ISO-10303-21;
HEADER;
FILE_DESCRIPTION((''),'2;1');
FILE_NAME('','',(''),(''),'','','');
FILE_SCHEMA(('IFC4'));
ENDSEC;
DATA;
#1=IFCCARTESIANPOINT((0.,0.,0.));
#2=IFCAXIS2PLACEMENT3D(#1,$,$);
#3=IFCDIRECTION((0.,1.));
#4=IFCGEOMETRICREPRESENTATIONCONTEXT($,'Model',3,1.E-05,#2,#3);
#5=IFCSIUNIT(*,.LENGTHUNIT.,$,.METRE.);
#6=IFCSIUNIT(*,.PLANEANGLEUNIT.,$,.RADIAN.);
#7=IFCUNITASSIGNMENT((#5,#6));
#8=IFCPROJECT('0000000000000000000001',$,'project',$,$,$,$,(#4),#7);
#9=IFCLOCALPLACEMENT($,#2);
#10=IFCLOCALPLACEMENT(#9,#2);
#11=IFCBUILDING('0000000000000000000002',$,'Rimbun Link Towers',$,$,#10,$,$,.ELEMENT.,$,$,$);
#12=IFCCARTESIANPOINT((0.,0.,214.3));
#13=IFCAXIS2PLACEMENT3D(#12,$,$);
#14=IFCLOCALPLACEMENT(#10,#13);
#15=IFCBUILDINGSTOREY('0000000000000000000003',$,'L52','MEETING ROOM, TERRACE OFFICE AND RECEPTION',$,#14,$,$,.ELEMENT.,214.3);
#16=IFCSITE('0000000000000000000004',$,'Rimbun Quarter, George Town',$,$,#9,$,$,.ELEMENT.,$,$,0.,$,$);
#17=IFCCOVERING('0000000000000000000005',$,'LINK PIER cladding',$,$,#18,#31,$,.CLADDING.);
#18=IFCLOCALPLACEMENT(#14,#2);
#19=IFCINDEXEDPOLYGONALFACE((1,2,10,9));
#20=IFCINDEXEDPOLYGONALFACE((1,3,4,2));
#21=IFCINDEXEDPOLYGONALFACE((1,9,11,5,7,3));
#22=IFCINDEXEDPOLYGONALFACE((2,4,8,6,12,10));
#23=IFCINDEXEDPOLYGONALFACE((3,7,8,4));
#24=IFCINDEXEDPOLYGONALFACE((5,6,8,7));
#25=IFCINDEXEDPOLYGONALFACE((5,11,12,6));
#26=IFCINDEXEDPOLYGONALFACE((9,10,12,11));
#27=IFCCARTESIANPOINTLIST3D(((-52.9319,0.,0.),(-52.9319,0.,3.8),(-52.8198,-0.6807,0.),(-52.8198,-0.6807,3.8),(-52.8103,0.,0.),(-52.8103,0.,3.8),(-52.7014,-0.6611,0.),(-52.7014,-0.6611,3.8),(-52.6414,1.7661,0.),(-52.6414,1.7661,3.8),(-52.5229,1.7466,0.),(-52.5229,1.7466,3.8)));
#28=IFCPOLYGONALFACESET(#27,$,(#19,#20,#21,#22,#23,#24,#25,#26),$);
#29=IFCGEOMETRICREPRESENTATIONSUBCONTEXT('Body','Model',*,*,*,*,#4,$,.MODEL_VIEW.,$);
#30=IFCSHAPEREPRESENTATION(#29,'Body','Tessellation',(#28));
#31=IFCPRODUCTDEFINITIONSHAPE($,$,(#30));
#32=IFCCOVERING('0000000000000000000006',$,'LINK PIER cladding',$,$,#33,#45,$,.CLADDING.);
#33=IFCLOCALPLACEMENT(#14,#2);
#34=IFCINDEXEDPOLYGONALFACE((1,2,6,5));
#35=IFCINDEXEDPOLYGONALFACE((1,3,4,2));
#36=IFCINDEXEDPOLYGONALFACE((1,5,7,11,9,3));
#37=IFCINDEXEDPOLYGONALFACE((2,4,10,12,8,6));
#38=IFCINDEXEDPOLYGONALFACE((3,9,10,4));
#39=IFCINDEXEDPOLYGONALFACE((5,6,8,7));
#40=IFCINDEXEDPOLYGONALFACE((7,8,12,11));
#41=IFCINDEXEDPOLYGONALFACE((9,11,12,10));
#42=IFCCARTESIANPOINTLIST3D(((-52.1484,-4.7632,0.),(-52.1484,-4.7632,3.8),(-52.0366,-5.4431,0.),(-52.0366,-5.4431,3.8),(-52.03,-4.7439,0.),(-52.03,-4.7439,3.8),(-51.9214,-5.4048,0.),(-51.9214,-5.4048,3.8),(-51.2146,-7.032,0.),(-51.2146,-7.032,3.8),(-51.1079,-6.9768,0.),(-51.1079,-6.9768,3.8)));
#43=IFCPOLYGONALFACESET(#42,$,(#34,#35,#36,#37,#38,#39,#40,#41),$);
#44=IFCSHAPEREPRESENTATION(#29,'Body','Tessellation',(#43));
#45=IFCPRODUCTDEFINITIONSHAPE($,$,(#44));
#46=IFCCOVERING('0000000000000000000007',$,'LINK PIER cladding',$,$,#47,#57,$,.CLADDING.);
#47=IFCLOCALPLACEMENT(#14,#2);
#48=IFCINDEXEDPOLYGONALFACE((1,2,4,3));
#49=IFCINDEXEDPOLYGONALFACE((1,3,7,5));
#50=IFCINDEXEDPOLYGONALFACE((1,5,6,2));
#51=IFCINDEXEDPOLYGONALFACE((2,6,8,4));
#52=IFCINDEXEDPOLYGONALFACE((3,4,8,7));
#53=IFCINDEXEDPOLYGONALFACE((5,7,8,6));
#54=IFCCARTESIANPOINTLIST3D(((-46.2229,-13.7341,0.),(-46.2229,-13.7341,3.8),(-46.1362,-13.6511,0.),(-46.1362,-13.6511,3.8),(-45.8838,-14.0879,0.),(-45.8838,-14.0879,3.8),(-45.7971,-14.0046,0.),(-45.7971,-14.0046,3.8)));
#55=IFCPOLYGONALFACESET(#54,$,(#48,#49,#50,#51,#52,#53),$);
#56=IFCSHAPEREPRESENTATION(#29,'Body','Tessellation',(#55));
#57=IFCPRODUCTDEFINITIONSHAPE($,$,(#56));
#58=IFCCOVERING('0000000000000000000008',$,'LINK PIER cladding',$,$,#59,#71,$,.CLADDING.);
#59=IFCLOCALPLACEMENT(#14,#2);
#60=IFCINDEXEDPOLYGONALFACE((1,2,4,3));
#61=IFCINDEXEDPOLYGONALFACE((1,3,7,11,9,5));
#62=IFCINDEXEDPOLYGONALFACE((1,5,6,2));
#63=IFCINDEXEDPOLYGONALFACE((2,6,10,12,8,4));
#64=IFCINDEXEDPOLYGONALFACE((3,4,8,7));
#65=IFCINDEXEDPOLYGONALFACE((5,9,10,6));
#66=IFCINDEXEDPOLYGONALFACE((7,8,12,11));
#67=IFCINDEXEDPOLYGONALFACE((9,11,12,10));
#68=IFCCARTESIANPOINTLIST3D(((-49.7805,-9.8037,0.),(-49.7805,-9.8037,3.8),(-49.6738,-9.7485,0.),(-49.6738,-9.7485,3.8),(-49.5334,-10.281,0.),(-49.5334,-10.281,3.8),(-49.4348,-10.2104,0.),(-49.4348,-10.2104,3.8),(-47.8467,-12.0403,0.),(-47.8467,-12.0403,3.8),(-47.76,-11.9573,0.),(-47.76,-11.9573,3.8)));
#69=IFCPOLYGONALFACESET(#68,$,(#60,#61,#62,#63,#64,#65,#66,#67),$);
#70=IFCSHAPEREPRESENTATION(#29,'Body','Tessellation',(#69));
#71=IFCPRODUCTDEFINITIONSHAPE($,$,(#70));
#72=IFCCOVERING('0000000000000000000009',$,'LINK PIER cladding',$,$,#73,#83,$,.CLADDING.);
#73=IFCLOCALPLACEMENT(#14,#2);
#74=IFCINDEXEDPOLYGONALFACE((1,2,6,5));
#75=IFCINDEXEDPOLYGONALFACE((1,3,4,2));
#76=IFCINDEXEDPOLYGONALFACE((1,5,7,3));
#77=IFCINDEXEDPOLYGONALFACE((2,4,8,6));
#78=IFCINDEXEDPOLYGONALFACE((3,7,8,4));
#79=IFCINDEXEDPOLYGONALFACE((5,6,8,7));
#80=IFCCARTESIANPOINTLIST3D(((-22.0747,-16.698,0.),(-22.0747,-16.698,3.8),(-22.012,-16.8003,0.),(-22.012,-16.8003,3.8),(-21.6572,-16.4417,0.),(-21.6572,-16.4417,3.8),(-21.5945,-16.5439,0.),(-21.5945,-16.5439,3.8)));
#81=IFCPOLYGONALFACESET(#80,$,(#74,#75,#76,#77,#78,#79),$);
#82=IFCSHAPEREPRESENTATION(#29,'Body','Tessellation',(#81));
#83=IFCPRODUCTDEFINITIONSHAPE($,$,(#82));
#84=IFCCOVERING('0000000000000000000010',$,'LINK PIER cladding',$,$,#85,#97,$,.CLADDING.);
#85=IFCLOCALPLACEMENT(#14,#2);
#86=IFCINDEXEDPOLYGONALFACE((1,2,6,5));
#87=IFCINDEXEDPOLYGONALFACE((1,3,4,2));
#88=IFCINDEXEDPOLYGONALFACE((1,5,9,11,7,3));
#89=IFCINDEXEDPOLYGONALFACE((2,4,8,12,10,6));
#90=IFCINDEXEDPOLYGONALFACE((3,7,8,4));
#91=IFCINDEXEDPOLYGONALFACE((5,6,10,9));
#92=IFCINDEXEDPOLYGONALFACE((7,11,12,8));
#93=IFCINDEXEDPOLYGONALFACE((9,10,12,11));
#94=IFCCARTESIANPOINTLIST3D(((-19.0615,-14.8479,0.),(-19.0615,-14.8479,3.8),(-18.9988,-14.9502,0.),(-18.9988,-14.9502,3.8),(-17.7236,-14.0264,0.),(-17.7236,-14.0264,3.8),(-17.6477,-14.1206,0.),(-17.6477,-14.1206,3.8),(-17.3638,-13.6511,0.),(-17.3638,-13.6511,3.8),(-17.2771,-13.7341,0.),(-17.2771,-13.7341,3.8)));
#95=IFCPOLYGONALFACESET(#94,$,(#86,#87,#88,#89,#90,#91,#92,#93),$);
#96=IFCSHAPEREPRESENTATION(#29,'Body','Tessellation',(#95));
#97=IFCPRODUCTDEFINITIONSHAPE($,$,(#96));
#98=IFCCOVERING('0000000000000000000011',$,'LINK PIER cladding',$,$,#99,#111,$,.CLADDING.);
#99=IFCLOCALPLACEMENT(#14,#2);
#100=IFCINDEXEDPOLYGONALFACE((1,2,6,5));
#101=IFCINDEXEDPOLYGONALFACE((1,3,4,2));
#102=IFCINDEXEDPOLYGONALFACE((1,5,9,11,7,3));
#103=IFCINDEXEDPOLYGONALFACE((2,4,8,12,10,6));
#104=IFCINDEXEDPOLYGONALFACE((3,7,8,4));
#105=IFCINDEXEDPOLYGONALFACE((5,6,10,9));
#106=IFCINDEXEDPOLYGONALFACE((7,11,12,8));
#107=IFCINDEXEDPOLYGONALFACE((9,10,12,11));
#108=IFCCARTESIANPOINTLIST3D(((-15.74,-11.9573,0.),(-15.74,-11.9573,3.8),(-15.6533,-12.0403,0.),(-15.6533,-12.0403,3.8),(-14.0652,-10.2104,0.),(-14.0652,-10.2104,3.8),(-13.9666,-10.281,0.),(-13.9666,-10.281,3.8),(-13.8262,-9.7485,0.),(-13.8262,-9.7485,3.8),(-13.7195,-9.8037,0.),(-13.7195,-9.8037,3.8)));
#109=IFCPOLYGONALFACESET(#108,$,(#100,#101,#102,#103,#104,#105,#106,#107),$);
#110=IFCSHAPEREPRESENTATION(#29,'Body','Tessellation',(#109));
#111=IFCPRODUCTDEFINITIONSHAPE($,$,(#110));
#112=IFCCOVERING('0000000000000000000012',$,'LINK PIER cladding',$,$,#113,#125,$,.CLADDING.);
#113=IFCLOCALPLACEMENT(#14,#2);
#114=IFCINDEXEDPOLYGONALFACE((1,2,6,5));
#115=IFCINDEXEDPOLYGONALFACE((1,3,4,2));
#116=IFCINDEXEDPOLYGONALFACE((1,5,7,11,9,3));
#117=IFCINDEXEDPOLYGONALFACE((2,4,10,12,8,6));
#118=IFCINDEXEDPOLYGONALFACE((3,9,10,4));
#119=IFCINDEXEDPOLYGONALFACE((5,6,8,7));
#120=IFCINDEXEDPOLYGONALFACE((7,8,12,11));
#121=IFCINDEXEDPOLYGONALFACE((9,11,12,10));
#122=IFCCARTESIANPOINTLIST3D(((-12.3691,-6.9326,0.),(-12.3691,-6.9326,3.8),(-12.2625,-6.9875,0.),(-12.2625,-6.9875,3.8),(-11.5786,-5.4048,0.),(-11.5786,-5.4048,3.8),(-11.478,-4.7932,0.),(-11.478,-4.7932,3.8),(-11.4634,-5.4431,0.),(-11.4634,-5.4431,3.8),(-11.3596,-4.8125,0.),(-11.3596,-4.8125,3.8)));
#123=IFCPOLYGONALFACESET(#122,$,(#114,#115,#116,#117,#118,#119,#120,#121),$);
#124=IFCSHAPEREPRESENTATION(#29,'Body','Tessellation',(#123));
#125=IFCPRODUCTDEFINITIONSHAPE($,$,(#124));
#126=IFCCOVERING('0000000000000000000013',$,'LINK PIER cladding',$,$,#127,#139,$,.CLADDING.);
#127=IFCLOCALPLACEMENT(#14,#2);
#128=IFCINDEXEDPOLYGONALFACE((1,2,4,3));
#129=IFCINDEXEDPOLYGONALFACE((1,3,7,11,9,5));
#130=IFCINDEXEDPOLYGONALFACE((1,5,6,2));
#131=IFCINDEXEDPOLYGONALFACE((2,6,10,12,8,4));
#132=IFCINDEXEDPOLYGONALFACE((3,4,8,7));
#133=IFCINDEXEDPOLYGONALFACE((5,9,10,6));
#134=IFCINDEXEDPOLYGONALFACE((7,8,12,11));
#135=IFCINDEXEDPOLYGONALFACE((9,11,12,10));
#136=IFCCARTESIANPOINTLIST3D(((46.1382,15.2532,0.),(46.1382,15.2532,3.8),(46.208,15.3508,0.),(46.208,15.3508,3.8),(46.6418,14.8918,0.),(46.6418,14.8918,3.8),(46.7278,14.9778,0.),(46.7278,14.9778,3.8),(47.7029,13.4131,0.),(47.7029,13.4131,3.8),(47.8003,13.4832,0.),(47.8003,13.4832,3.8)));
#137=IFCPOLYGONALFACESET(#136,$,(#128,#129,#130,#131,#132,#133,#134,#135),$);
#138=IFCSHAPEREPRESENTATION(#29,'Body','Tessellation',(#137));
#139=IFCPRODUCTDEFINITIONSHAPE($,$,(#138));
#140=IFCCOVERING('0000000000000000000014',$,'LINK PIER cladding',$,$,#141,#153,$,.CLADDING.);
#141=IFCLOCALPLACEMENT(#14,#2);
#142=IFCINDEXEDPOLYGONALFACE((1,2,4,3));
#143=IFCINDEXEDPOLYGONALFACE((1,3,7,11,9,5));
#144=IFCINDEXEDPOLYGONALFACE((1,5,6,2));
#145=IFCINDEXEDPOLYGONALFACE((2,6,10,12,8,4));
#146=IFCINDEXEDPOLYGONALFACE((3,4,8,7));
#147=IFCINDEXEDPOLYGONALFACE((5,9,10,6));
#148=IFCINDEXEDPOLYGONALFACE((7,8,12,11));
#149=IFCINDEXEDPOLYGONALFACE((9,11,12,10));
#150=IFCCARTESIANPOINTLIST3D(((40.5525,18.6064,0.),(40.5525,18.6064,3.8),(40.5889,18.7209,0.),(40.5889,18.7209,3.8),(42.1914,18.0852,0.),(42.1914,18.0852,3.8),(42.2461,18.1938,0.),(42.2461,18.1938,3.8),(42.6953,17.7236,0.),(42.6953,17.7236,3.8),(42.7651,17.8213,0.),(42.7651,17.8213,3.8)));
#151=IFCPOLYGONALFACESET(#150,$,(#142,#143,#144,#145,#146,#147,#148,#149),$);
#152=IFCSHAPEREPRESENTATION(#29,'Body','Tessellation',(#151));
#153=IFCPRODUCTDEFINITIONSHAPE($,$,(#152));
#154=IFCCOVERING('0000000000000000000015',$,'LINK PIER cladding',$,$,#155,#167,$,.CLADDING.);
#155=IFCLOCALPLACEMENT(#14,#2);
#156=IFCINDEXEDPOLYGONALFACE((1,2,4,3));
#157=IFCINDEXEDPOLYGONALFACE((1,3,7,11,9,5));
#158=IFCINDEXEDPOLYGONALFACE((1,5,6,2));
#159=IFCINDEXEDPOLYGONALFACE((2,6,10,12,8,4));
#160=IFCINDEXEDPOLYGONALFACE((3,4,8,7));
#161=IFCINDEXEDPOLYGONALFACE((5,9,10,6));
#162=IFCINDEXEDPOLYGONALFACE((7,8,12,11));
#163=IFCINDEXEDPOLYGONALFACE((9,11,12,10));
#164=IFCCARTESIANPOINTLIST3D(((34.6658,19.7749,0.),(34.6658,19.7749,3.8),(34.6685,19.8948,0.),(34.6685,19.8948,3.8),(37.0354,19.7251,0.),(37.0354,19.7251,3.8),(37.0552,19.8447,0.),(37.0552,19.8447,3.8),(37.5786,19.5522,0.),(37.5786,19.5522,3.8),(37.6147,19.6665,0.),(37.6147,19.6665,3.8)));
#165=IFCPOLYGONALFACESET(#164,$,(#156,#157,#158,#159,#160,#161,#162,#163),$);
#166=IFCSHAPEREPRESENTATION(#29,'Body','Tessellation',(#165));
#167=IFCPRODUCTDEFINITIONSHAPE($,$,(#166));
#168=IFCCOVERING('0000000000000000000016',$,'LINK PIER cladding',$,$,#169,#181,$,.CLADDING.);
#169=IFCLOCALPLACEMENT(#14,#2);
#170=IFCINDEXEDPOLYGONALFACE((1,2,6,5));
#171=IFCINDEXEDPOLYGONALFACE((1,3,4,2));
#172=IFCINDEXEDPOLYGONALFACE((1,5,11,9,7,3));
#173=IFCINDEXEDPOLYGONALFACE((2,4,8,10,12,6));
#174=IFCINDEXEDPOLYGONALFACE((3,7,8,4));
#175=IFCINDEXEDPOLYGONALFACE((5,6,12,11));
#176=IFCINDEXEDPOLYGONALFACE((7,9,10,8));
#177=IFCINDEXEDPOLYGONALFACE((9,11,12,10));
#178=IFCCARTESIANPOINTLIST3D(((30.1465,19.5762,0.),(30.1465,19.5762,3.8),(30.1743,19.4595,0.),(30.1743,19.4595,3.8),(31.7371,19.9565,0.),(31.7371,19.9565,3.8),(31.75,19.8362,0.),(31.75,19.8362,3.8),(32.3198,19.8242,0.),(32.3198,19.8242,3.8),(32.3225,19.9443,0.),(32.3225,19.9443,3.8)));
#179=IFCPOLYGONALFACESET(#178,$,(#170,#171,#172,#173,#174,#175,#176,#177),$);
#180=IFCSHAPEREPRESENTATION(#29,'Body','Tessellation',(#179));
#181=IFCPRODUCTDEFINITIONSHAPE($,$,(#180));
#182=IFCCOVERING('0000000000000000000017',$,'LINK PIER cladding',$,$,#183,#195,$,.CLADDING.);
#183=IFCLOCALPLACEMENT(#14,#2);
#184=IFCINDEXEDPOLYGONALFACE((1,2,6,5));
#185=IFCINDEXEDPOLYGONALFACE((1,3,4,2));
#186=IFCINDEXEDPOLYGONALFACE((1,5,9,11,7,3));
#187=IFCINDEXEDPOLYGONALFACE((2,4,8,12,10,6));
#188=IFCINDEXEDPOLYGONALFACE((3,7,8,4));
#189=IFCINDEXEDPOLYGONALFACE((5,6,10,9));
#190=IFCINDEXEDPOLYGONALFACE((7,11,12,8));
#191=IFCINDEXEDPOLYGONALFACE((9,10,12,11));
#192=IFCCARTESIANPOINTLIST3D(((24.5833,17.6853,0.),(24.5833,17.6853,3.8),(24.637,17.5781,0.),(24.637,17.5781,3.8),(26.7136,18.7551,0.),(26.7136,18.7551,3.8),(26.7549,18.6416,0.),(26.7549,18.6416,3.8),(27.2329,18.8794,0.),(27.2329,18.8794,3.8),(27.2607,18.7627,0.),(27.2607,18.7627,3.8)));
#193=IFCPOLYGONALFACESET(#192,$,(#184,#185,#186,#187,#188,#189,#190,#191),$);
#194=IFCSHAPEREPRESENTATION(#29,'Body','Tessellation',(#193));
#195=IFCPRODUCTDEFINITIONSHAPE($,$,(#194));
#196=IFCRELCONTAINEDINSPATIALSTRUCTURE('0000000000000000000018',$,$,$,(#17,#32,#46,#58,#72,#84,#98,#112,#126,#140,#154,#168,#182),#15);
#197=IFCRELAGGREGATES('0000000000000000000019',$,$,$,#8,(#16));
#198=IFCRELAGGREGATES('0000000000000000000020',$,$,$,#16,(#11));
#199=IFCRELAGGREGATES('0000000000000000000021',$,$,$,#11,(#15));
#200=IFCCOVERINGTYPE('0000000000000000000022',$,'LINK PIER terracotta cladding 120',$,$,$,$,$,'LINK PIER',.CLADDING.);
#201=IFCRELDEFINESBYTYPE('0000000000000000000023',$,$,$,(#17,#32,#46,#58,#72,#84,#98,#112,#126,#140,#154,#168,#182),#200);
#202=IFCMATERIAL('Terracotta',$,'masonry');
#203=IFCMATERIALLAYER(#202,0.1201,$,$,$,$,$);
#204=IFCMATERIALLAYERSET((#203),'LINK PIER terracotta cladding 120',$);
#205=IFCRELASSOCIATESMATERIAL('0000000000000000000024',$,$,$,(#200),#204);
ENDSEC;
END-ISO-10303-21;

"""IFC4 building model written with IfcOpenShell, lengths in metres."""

from ifc_helpers import new_model, si_unit, direction, frame, origin, place, context, subcontext, project, spatial, polyline, outline, extrude, material, layer, layer_set, type_object, element, save


model = new_model("IFC4")

# Units and contexts
model_context = context("Model", 3, precision=1e-05, world=origin(), true_north=direction((0.0, 1.0)))
body_context = subcontext(model_context, "Body", "Model", "MODEL_VIEW")
ifc_project = project(units=[si_unit("LENGTHUNIT", "METRE"), si_unit("PLANEANGLEUNIT", "RADIAN")], contexts=[model_context])

# Site, building, storey
site_placement = place(None, origin())
site = spatial("IfcSite", under=ifc_project, at=site_placement, Name="Rimbun Quarter, George Town", CompositionType="ELEMENT", RefElevation=0.0)
building_placement = place(site_placement, origin())
building = spatial("IfcBuilding", under=site, at=building_placement, Name="Rimbun Link Towers", CompositionType="ELEMENT")
storey_placement = place(building_placement, frame((0.0, 0.0, 214.3)))
storey = spatial("IfcBuildingStorey", under=building, at=storey_placement, Name="L52", Description="MEETING ROOM, TERRACE OFFICE AND RECEPTION", CompositionType="ELEMENT", Elevation=214.3)

# Coverings
ifc_material_1 = material(Name="Terracotta", Category="masonry")
ifc_layer_1 = layer(ifc_material_1, 0.1201)
ifc_layer_set_1 = layer_set([ifc_layer_1], Name="LINK PIER terracotta cladding 120")
covering_type_1 = type_object("IfcCoveringType", Name="LINK PIER terracotta cladding 120", ElementType="LINK PIER", PredefinedType="CLADDING", material=ifc_layer_set_1)
covering_1_placement = place(storey_placement, origin())
element("IfcCovering", 1, at=covering_1_placement, inside=storey, type_object=covering_type_1, Name="LINK PIER cladding", PredefinedType="CLADDING", context=body_context, shape_type="SweptSolid", body=[
    extrude(outline(polyline([(-52.7014, -0.6611), (-52.8103, 0.0), (-52.5229, 1.7466), (-52.6414, 1.7661), (-52.9319, 0.0), (-52.8198, -0.6807), (-52.7014, -0.6611)])), origin(), (0.0, 0.0, 1.0), 3.8),
])
covering_2_placement = place(storey_placement, origin())
element("IfcCovering", 2, at=covering_2_placement, inside=storey, type_object=covering_type_1, Name="LINK PIER cladding", PredefinedType="CLADDING", context=body_context, shape_type="SweptSolid", body=[
    extrude(outline(polyline([(-51.1079, -6.9768), (-51.9214, -5.4048), (-52.03, -4.7439), (-52.1484, -4.7632), (-52.0366, -5.4431), (-51.2146, -7.032), (-51.1079, -6.9768)])), origin(), (0.0, 0.0, 1.0), 3.8),
])
covering_3_placement = place(storey_placement, origin())
element("IfcCovering", 3, at=covering_3_placement, inside=storey, type_object=covering_type_1, Name="LINK PIER cladding", PredefinedType="CLADDING", context=body_context, shape_type="SweptSolid", body=[
    extrude(outline(polyline([(-45.7971, -14.0046), (-46.1362, -13.6511), (-46.2229, -13.7341), (-45.8838, -14.0879), (-45.7971, -14.0046)])), origin(), (0.0, 0.0, 1.0), 3.8),
])
covering_4_placement = place(storey_placement, origin())
element("IfcCovering", 4, at=covering_4_placement, inside=storey, type_object=covering_type_1, Name="LINK PIER cladding", PredefinedType="CLADDING", context=body_context, shape_type="SweptSolid", body=[
    extrude(outline(polyline([(-47.76, -11.9573), (-49.4348, -10.2104), (-49.6738, -9.7485), (-49.7805, -9.8037), (-49.5334, -10.281), (-47.8467, -12.0403), (-47.76, -11.9573)])), origin(), (0.0, 0.0, 1.0), 3.8),
])
covering_5_placement = place(storey_placement, origin())
element("IfcCovering", 5, at=covering_5_placement, inside=storey, type_object=covering_type_1, Name="LINK PIER cladding", PredefinedType="CLADDING", context=body_context, shape_type="SweptSolid", body=[
    extrude(outline(polyline([(-21.6572, -16.4417), (-22.0747, -16.698), (-22.012, -16.8003), (-21.5945, -16.5439), (-21.6572, -16.4417)])), origin(), (0.0, 0.0, 1.0), 3.8),
])
covering_6_placement = place(storey_placement, origin())
element("IfcCovering", 6, at=covering_6_placement, inside=storey, type_object=covering_type_1, Name="LINK PIER cladding", PredefinedType="CLADDING", context=body_context, shape_type="SweptSolid", body=[
    extrude(outline(polyline([(-17.3638, -13.6511), (-17.7236, -14.0264), (-19.0615, -14.8479), (-18.9988, -14.9502), (-17.6477, -14.1206), (-17.2771, -13.7341), (-17.3638, -13.6511)])), origin(), (0.0, 0.0, 1.0), 3.8),
])
covering_7_placement = place(storey_placement, origin())
element("IfcCovering", 7, at=covering_7_placement, inside=storey, type_object=covering_type_1, Name="LINK PIER cladding", PredefinedType="CLADDING", context=body_context, shape_type="SweptSolid", body=[
    extrude(outline(polyline([(-13.8262, -9.7485), (-14.0652, -10.2104), (-15.74, -11.9573), (-15.6533, -12.0403), (-13.9666, -10.281), (-13.7195, -9.8037), (-13.8262, -9.7485)])), origin(), (0.0, 0.0, 1.0), 3.8),
])
covering_8_placement = place(storey_placement, origin())
element("IfcCovering", 8, at=covering_8_placement, inside=storey, type_object=covering_type_1, Name="LINK PIER cladding", PredefinedType="CLADDING", context=body_context, shape_type="SweptSolid", body=[
    extrude(outline(polyline([(-11.478, -4.7932), (-11.5786, -5.4048), (-12.3691, -6.9326), (-12.2625, -6.9875), (-11.4634, -5.4431), (-11.3596, -4.8125), (-11.478, -4.7932)])), origin(), (0.0, 0.0, 1.0), 3.8),
])
covering_9_placement = place(storey_placement, origin())
element("IfcCovering", 9, at=covering_9_placement, inside=storey, type_object=covering_type_1, Name="LINK PIER cladding", PredefinedType="CLADDING", context=body_context, shape_type="SweptSolid", body=[
    extrude(outline(polyline([(46.1382, 15.2532), (46.6418, 14.8918), (47.7029, 13.4131), (47.8003, 13.4832), (46.7278, 14.9778), (46.208, 15.3508), (46.1382, 15.2532)])), origin(), (0.0, 0.0, 1.0), 3.8),
])
covering_10_placement = place(storey_placement, origin())
element("IfcCovering", 10, at=covering_10_placement, inside=storey, type_object=covering_type_1, Name="LINK PIER cladding", PredefinedType="CLADDING", context=body_context, shape_type="SweptSolid", body=[
    extrude(outline(polyline([(40.5525, 18.6064), (42.1914, 18.0852), (42.6953, 17.7236), (42.7651, 17.8213), (42.2461, 18.1938), (40.5889, 18.7209), (40.5525, 18.6064)])), origin(), (0.0, 0.0, 1.0), 3.8),
])
covering_11_placement = place(storey_placement, origin())
element("IfcCovering", 11, at=covering_11_placement, inside=storey, type_object=covering_type_1, Name="LINK PIER cladding", PredefinedType="CLADDING", context=body_context, shape_type="SweptSolid", body=[
    extrude(outline(polyline([(34.6658, 19.7749), (37.0354, 19.7251), (37.5786, 19.5522), (37.6147, 19.6665), (37.0552, 19.8447), (34.6685, 19.8948), (34.6658, 19.7749)])), origin(), (0.0, 0.0, 1.0), 3.8),
])
covering_12_placement = place(storey_placement, origin())
element("IfcCovering", 12, at=covering_12_placement, inside=storey, type_object=covering_type_1, Name="LINK PIER cladding", PredefinedType="CLADDING", context=body_context, shape_type="SweptSolid", body=[
    extrude(outline(polyline([(30.1743, 19.4595), (31.75, 19.8362), (32.3198, 19.8242), (32.3225, 19.9443), (31.7371, 19.9565), (30.1465, 19.5762), (30.1743, 19.4595)])), origin(), (0.0, 0.0, 1.0), 3.8),
])
covering_13_placement = place(storey_placement, origin())
element("IfcCovering", 13, at=covering_13_placement, inside=storey, type_object=covering_type_1, Name="LINK PIER cladding", PredefinedType="CLADDING", context=body_context, shape_type="SweptSolid", body=[
    extrude(outline(polyline([(24.637, 17.5781), (26.7549, 18.6416), (27.2607, 18.7627), (27.2329, 18.8794), (26.7136, 18.7551), (24.5833, 17.6853), (24.637, 17.5781)])), origin(), (0.0, 0.0, 1.0), 3.8),
])

save(model, "model.ifc")
